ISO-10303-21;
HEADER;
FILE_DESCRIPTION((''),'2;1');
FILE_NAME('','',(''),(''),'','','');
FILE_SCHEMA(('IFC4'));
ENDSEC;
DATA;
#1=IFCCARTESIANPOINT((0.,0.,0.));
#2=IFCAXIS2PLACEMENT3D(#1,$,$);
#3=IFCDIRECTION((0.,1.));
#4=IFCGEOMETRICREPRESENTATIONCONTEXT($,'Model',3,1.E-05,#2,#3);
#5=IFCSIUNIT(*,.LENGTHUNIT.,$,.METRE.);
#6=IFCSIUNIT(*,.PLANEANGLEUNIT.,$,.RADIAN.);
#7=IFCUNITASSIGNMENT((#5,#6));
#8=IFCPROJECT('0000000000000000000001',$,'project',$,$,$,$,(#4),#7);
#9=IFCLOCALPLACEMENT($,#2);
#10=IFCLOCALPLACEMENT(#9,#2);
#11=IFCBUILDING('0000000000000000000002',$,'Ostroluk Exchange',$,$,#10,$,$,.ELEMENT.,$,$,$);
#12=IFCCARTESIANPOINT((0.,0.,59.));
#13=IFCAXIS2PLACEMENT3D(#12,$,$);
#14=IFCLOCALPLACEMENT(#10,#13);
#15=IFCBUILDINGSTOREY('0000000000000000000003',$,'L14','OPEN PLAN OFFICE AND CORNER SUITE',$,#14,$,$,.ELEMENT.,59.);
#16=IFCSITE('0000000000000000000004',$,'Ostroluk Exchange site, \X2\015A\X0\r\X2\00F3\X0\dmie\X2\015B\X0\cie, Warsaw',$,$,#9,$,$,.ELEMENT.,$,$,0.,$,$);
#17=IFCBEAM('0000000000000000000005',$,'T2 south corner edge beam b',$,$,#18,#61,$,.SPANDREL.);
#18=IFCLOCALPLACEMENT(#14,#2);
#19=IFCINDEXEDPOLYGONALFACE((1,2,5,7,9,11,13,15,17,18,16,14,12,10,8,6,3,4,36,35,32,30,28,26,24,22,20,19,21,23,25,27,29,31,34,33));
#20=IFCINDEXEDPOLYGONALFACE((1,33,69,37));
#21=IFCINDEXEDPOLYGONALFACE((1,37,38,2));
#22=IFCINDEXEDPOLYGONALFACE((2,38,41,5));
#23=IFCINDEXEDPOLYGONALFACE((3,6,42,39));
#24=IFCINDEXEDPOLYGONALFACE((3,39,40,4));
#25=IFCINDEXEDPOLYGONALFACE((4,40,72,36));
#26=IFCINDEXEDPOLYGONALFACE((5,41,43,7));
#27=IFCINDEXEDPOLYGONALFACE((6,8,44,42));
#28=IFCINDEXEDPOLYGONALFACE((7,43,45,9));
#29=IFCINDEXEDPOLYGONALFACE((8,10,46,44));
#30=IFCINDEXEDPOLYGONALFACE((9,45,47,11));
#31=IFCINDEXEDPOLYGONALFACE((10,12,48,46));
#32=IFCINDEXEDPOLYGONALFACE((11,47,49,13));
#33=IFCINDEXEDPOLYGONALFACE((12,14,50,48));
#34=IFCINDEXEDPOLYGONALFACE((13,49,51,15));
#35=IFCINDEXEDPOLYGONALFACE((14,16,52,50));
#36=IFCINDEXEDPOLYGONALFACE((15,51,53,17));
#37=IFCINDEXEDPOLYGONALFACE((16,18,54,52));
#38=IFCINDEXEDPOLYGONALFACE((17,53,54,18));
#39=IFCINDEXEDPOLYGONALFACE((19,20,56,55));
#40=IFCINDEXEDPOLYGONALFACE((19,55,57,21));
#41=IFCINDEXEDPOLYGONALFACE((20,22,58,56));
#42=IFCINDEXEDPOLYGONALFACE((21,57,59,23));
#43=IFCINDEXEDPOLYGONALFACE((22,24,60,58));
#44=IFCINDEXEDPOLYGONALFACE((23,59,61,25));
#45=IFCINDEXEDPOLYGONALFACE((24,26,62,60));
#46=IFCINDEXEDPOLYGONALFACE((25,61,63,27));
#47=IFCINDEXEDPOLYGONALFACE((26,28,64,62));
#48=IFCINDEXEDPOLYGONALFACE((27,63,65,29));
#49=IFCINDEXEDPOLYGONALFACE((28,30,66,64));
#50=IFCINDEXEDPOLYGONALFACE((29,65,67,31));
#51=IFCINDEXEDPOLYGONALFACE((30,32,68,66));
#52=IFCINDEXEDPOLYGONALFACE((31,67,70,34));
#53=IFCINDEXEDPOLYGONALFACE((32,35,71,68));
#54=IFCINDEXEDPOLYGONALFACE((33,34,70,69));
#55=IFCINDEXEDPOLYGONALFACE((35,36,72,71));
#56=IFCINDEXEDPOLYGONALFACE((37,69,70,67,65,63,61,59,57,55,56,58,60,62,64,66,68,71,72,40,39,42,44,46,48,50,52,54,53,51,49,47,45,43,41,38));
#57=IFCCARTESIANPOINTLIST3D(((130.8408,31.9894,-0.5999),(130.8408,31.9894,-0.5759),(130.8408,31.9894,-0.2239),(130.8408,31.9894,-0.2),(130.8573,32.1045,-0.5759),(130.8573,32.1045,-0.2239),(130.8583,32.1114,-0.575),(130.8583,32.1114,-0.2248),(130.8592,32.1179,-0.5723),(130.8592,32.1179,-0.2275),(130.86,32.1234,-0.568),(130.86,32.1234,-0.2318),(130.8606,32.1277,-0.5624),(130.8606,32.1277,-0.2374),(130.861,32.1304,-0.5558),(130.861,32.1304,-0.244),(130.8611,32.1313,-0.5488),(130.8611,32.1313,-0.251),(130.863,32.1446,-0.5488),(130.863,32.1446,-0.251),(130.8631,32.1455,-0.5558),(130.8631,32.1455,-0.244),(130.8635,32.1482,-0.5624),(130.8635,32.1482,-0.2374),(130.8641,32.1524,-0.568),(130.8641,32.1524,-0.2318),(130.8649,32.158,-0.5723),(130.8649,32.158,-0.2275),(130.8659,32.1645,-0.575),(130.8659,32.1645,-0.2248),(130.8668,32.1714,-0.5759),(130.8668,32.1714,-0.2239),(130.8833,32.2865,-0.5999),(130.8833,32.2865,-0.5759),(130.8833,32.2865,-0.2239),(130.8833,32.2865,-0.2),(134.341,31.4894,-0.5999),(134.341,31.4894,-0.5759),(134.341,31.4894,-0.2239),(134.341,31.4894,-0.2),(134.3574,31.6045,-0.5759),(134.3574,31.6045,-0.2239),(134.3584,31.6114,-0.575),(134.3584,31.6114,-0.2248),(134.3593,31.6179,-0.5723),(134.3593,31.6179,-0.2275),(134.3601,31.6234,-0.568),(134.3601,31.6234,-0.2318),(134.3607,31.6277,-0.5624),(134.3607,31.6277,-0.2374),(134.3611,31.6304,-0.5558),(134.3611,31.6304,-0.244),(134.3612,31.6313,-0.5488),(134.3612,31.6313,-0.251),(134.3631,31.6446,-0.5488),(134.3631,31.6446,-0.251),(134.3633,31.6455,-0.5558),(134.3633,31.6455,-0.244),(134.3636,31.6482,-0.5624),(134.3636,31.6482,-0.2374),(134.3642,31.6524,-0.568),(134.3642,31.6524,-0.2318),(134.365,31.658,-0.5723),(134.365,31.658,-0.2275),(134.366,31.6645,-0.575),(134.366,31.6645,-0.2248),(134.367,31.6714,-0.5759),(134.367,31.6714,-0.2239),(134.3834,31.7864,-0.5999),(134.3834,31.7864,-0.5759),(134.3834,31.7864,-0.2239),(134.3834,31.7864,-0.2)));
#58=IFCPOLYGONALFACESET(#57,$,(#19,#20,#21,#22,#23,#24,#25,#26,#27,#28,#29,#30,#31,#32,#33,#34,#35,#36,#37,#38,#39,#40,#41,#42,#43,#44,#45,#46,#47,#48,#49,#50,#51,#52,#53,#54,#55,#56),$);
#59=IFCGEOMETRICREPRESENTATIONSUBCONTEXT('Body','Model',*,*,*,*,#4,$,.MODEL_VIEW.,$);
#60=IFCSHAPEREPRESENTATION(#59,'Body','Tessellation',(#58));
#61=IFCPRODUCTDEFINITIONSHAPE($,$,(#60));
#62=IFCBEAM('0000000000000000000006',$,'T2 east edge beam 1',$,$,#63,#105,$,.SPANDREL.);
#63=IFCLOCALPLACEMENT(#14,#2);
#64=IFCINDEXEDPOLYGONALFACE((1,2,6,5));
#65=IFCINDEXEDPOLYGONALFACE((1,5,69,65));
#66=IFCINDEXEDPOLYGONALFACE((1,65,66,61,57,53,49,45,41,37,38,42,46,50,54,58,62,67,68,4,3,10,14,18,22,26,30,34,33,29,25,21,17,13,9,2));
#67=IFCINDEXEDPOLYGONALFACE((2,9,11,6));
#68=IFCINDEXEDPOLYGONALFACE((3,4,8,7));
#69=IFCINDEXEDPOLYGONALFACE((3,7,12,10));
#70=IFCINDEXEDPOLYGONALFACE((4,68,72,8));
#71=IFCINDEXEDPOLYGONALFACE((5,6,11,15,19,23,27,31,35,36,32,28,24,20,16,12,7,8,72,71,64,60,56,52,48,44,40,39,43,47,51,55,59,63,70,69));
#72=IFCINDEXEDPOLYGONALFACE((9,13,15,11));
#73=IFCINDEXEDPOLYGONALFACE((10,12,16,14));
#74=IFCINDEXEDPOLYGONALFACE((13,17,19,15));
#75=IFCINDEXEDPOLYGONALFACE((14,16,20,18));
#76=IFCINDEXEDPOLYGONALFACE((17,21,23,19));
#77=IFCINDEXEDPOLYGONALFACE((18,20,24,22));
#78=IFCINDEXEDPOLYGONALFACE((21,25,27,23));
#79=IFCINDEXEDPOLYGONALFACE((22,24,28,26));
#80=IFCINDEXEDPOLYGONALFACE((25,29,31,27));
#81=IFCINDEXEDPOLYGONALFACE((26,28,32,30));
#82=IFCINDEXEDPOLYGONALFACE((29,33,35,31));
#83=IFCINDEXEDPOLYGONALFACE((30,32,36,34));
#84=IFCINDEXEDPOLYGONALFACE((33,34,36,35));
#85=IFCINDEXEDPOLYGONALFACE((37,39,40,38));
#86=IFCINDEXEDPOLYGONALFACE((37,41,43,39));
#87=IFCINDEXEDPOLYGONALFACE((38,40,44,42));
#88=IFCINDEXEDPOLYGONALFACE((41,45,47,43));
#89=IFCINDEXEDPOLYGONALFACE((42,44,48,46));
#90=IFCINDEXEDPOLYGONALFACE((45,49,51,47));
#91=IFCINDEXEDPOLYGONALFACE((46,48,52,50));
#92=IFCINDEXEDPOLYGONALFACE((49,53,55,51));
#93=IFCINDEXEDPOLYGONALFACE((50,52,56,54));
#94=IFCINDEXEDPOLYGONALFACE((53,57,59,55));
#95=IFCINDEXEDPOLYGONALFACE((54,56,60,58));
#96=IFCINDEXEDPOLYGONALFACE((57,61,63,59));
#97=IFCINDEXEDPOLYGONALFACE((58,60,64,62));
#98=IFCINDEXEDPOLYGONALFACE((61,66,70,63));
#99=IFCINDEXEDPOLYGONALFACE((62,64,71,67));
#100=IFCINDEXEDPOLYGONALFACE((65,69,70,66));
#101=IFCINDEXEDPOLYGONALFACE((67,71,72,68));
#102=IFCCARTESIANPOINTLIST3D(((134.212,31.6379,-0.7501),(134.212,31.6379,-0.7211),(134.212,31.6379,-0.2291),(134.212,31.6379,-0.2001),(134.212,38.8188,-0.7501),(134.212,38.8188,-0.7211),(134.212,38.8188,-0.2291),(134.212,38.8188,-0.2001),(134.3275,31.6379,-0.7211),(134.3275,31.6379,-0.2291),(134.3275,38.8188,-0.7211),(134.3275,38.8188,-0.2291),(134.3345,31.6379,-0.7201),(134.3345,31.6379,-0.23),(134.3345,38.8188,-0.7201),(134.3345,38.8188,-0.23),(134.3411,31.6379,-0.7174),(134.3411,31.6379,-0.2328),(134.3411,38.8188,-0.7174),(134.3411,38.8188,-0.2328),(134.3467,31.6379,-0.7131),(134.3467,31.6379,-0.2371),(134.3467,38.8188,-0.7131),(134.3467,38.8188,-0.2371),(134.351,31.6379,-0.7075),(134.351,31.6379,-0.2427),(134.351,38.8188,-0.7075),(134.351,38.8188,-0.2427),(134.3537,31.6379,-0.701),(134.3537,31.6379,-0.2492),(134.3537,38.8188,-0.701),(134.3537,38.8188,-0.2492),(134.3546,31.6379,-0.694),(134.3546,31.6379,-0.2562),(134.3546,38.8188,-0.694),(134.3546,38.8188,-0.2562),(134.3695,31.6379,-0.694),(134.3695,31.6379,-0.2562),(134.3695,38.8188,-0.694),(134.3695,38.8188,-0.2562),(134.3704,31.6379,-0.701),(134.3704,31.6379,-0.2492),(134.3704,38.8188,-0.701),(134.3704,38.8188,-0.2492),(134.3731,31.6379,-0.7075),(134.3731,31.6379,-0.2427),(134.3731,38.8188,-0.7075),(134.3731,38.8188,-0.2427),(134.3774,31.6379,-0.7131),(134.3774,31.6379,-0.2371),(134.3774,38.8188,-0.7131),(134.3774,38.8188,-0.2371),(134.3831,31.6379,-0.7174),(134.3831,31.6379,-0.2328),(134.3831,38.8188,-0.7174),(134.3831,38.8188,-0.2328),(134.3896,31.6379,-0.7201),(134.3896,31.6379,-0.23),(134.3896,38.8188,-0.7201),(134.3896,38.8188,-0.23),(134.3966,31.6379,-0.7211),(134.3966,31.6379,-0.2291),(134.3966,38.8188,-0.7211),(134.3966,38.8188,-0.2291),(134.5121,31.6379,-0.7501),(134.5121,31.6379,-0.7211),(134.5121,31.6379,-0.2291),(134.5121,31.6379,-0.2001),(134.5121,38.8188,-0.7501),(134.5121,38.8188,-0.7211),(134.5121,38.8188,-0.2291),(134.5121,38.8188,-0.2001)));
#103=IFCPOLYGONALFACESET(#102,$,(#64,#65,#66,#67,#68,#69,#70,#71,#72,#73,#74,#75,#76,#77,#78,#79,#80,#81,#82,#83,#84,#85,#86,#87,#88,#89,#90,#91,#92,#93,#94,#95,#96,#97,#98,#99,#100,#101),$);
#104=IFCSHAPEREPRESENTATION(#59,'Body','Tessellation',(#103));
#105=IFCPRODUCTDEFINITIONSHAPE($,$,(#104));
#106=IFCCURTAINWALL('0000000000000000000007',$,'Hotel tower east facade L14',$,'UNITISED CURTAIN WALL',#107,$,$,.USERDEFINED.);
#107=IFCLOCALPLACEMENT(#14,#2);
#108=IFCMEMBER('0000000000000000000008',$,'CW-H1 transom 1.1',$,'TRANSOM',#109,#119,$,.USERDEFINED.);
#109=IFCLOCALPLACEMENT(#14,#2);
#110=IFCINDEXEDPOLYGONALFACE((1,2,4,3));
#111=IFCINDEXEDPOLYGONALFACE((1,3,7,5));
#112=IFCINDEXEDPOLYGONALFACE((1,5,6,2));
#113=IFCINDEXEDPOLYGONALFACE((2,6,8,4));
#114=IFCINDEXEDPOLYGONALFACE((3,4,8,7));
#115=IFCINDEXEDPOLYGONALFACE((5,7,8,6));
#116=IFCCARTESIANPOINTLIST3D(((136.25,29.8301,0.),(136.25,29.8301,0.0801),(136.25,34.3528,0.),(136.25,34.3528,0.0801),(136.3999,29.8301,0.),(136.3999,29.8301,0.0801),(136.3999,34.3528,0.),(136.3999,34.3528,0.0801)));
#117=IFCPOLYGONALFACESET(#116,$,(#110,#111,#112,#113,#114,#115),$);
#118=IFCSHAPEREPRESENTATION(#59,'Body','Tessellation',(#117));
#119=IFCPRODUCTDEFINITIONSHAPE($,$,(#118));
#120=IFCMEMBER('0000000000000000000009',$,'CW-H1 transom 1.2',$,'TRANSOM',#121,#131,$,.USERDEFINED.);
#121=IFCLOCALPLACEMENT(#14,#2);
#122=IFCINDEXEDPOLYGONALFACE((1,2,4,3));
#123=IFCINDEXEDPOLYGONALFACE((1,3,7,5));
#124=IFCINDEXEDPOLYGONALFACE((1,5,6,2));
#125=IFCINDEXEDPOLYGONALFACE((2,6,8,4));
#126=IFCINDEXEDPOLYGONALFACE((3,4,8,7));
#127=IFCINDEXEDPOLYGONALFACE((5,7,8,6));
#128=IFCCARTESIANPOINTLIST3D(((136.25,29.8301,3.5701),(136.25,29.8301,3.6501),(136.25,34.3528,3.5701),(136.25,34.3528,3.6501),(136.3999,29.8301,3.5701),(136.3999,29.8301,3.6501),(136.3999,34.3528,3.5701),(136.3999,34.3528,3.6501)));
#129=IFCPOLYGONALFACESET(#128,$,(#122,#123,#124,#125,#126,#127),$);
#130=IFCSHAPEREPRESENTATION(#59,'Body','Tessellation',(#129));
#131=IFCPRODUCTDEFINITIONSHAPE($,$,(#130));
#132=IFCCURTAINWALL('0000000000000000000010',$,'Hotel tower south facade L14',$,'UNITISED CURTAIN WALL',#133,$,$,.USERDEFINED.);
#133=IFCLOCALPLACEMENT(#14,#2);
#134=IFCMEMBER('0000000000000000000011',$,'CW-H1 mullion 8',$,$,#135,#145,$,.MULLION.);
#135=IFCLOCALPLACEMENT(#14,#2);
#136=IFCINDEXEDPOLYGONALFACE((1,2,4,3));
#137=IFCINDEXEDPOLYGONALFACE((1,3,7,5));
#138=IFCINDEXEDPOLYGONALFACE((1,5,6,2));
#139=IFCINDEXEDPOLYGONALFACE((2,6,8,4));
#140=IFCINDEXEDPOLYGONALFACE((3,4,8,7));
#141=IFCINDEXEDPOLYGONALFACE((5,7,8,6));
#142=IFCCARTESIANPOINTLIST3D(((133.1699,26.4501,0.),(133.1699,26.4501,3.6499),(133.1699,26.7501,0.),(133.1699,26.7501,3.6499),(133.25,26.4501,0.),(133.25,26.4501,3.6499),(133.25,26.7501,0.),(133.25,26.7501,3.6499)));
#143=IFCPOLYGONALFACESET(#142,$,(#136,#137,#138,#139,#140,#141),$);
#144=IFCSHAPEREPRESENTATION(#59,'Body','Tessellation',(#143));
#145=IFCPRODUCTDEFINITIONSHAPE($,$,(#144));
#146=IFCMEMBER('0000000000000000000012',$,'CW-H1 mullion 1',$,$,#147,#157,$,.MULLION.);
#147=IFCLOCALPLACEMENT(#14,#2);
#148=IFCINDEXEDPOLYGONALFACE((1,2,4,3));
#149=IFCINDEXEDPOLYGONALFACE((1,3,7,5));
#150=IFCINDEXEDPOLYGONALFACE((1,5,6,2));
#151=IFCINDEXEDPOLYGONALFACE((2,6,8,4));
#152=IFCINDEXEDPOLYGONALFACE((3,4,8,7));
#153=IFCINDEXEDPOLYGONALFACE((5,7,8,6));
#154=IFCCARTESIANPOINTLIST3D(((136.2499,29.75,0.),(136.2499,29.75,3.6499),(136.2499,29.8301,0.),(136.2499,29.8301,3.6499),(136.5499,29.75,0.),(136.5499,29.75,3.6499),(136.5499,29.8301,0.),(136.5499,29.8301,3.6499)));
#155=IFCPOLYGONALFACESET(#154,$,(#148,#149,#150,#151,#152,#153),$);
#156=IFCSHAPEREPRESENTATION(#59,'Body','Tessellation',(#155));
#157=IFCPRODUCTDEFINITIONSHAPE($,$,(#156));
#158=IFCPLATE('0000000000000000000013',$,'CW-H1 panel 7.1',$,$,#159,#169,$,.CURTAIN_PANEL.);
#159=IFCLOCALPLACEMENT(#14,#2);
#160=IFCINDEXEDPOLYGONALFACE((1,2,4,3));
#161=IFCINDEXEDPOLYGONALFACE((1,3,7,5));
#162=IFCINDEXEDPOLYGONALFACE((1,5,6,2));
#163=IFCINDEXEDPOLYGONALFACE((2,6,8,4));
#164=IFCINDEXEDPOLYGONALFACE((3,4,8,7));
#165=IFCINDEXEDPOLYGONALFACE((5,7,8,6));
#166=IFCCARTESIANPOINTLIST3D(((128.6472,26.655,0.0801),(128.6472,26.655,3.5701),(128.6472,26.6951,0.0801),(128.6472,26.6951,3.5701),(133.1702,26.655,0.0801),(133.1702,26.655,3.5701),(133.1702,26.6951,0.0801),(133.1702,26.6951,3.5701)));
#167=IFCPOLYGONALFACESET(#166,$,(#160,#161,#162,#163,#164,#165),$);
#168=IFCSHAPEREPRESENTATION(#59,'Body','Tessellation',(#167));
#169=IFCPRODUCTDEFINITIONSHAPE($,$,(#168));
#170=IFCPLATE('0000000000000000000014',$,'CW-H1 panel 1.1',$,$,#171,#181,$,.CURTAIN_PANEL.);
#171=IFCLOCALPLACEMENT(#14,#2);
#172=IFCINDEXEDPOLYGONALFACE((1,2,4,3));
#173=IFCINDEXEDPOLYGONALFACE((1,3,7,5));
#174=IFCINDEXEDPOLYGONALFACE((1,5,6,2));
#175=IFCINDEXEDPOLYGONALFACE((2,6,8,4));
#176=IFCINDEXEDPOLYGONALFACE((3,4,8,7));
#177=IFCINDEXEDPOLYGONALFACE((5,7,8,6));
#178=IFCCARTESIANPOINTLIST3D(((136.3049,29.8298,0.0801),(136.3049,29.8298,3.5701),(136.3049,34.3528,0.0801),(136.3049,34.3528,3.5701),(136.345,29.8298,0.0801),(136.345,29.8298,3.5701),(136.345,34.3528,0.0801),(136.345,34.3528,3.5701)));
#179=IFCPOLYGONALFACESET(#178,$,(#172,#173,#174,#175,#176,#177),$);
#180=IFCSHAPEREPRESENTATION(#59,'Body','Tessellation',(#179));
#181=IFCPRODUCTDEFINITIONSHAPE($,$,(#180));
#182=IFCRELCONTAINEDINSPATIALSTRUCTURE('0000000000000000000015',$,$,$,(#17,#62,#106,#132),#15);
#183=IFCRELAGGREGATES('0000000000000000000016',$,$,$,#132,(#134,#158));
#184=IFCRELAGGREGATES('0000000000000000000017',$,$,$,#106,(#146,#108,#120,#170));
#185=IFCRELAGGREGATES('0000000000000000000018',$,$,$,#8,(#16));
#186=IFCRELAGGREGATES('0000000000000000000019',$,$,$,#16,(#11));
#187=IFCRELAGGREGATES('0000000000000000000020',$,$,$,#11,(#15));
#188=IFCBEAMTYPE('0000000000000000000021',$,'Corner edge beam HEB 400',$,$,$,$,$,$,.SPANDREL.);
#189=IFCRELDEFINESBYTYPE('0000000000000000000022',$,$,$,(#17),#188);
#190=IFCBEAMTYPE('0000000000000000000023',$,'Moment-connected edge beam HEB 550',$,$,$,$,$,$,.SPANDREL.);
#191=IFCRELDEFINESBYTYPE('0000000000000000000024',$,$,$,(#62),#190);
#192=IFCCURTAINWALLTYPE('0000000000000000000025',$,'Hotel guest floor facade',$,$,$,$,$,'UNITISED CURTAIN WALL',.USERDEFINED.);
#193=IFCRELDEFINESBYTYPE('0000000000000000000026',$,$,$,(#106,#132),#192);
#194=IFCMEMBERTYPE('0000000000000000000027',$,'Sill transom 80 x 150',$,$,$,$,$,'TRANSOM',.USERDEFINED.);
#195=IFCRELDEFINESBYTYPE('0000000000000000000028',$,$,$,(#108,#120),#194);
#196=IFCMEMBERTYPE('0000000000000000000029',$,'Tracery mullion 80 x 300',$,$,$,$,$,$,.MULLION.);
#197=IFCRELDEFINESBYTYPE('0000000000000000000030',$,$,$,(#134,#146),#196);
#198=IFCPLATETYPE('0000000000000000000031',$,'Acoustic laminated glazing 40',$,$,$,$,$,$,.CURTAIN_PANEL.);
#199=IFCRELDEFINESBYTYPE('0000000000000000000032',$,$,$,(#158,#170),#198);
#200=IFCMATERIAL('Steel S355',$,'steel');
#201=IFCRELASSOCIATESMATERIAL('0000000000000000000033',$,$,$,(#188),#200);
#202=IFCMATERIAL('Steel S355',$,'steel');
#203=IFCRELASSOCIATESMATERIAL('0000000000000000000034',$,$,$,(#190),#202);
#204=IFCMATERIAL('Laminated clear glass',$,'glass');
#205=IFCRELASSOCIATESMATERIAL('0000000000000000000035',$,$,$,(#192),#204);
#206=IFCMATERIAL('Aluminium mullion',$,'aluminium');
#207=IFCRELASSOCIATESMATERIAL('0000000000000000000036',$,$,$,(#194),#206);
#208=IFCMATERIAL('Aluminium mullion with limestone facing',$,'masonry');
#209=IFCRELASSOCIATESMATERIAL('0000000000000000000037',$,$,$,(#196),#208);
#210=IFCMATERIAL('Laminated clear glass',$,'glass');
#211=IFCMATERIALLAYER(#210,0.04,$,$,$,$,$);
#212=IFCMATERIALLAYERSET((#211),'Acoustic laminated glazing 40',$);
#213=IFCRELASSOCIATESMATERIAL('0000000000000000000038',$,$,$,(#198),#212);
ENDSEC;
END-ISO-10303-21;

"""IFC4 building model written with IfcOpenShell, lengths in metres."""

from ifc_helpers import new_model, si_unit, direction, frame, origin, origin_2d, place, context, subcontext, project, spatial, rectangle, i_section, extrude, material, layer, layer_set, material_profile, profile_set, type_object, element, aggregate, save


model = new_model("IFC4")

# Units and contexts
model_context = context("Model", 3, precision=1e-05, world=origin(), true_north=direction((0.0, 1.0)))
body_context = subcontext(model_context, "Body", "Model", "MODEL_VIEW")
ifc_project = project(units=[si_unit("LENGTHUNIT", "METRE"), si_unit("PLANEANGLEUNIT", "RADIAN")], contexts=[model_context])

# Site, building, storey
site_placement = place(None, origin())
site = spatial("IfcSite", under=ifc_project, at=site_placement, Name="Ostroluk Exchange site, Śródmieście, Warsaw", CompositionType="ELEMENT", RefElevation=0.0)
building_placement = place(site_placement, origin())
building = spatial("IfcBuilding", under=site, at=building_placement, Name="Ostroluk Exchange", CompositionType="ELEMENT")
storey_placement = place(building_placement, frame((0.0, 0.0, 59.0)))
storey = spatial("IfcBuildingStorey", under=building, at=storey_placement, Name="L14", Description="OPEN PLAN OFFICE AND CORNER SUITE", CompositionType="ELEMENT", Elevation=59.0)

# Beams
ifc_material_1 = material(Name="Steel S355", Category="steel")
ifc_material_profile_1 = material_profile(ifc_material_1, i_section(OverallWidth=0.3, OverallDepth=0.3999, WebThickness=0.0134, FlangeThickness=0.0239, FilletRadius=0.0271, at=origin_2d()), Name="HEB 400")
ifc_profile_set_1 = profile_set([ifc_material_profile_1], Name="Steel S355")
beam_type_1 = type_object("IfcBeamType", Name="Corner edge beam HEB 400", PredefinedType="SPANDREL", material=ifc_profile_set_1)
for number, where, z_axis, x_axis, name in (
    (1, (130.8621, 32.1379, -0.3999), (0.989949, -0.141421, 0.0), (0.141421, 0.989949, 0.0), "T2 south corner edge beam b"),
):
    element("IfcBeam", number, at=place(storey_placement, frame(where, z_axis=z_axis, x_axis=x_axis)), inside=storey, type_object=beam_type_1, Name=name, PredefinedType="SPANDREL", context=body_context, shape_type="SweptSolid", body=[
        extrude(i_section(OverallWidth=0.3, OverallDepth=0.3999, WebThickness=0.0134, FlangeThickness=0.0239, FilletRadius=0.0271, at=origin_2d()), origin(), (0.0, 0.0, 1.0), 3.5356),
    ])
ifc_material_2 = material(Name="Steel S355", Category="steel")
ifc_material_profile_2 = material_profile(ifc_material_2, i_section(OverallWidth=0.3, OverallDepth=0.55, WebThickness=0.0149, FlangeThickness=0.0291, FilletRadius=0.0271, at=origin_2d()), Name="HEB 550")
ifc_profile_set_2 = profile_set([ifc_material_profile_2], Name="Steel S355")
beam_type_2 = type_object("IfcBeamType", Name="Moment-connected edge beam HEB 550", PredefinedType="SPANDREL", material=ifc_profile_set_2)
beam_1_placement = place(storey_placement, frame((134.3621, 31.6379, -0.4751), z_axis=(0.0, 1.0, 0.0), x_axis=(-1.0, 0.0, 0.0)))
element("IfcBeam", 2, at=beam_1_placement, inside=storey, type_object=beam_type_2, Name="T2 east edge beam 1", PredefinedType="SPANDREL", context=body_context, shape_type="SweptSolid", body=[
    extrude(i_section(OverallWidth=0.3, OverallDepth=0.55, WebThickness=0.0149, FlangeThickness=0.0291, FilletRadius=0.0271, at=origin_2d()), origin(), (0.0, 0.0, 1.0), 7.1809),
])

# Curtain wall, members
ifc_material_3 = material(Name="Laminated clear glass", Category="glass")
curtain_wall_type = type_object("IfcCurtainWallType", Name="Hotel guest floor facade", ElementType="UNITISED CURTAIN WALL", PredefinedType="USERDEFINED", material=ifc_material_3)
curtain_wall_1_placement = place(storey_placement, origin())
curtain_wall_1 = element("IfcCurtainWall", 3, at=curtain_wall_1_placement, inside=storey, type_object=curtain_wall_type, Name="Hotel tower east facade L14", ObjectType="UNITISED CURTAIN WALL", PredefinedType="USERDEFINED")
ifc_material_4 = material(Name="Aluminium mullion", Category="aluminium")
ifc_material_profile_3 = material_profile(ifc_material_4, rectangle(XDim=0.1499, YDim=0.0801, at=origin_2d()), Name="Sill transom 80 x 150")
ifc_profile_set_3 = profile_set([ifc_material_profile_3], Name="Aluminium mullion")
member_type_1 = type_object("IfcMemberType", Name="Sill transom 80 x 150", ElementType="TRANSOM", PredefinedType="USERDEFINED", material=ifc_profile_set_3)
member_1_placement = place(storey_placement, frame((136.325, 29.8301, 0.04), z_axis=(0.0, 1.0, 0.0), x_axis=(-1.0, 0.0, 0.0)))
member_1 = element("IfcMember", 4, at=member_1_placement, type_object=member_type_1, Name="CW-H1 transom 1.1", ObjectType="TRANSOM", PredefinedType="USERDEFINED", context=body_context, shape_type="SweptSolid", body=[
    extrude(rectangle(XDim=0.1499, YDim=0.0801, at=origin_2d()), origin(), (0.0, 0.0, 1.0), 4.5227),
])
member_2_placement = place(storey_placement, frame((136.325, 29.8301, 3.6101), z_axis=(0.0, 1.0, 0.0), x_axis=(-1.0, 0.0, 0.0)))
member_2 = element("IfcMember", 5, at=member_2_placement, type_object=member_type_1, Name="CW-H1 transom 1.2", ObjectType="TRANSOM", PredefinedType="USERDEFINED", context=body_context, shape_type="SweptSolid", body=[
    extrude(rectangle(XDim=0.1499, YDim=0.0801, at=origin_2d()), origin(), (0.0, 0.0, 1.0), 4.5227),
])

# Curtain wall, member
curtain_wall_2_placement = place(storey_placement, origin())
curtain_wall_2 = element("IfcCurtainWall", 6, at=curtain_wall_2_placement, inside=storey, type_object=curtain_wall_type, Name="Hotel tower south facade L14", ObjectType="UNITISED CURTAIN WALL", PredefinedType="USERDEFINED")
ifc_material_5 = material(Name="Aluminium mullion with limestone facing", Category="masonry")
ifc_material_profile_4 = material_profile(ifc_material_5, rectangle(XDim=0.3, YDim=0.0801, at=origin_2d()), Name="Tracery mullion 80 x 300")
ifc_profile_set_4 = profile_set([ifc_material_profile_4], Name="Aluminium mullion with limestone facing")
member_type_2 = type_object("IfcMemberType", Name="Tracery mullion 80 x 300", PredefinedType="MULLION", material=ifc_profile_set_4)
member_3_placement = place(storey_placement, frame((133.21, 26.6001, 0.0), z_axis=(0.0, 0.0, 1.0), x_axis=(0.0, 1.0, 0.0)))
member_3 = element("IfcMember", 7, at=member_3_placement, type_object=member_type_2, Name="CW-H1 mullion 8", PredefinedType="MULLION", context=body_context, shape_type="SweptSolid", body=[
    extrude(rectangle(XDim=0.3, YDim=0.0801, at=origin_2d()), origin(), (0.0, 0.0, 1.0), 3.6499),
])

# Member
member_4_placement = place(storey_placement, frame((136.3999, 29.79, 0.0), z_axis=(0.0, 0.0, 1.0), x_axis=(-1.0, 0.0, 0.0)))
member_4 = element("IfcMember", 8, at=member_4_placement, type_object=member_type_2, Name="CW-H1 mullion 1", PredefinedType="MULLION", context=body_context, shape_type="SweptSolid", body=[
    extrude(rectangle(XDim=0.3, YDim=0.0801, at=origin_2d()), origin(), (0.0, 0.0, 1.0), 3.6499),
])

# Plates
ifc_material_6 = material(Name="Laminated clear glass", Category="glass")
ifc_layer_1 = layer(ifc_material_6, 0.04)
ifc_layer_set_1 = layer_set([ifc_layer_1], Name="Acoustic laminated glazing 40")
plate_type_1 = type_object("IfcPlateType", Name="Acoustic laminated glazing 40", PredefinedType="CURTAIN_PANEL", material=ifc_layer_set_1)
plate_1_placement = place(storey_placement, frame((130.9087, 26.675, 0.0801), z_axis=(0.0, 0.0, 1.0), x_axis=(1.0, 0.0, 0.0)))
plate_1 = element("IfcPlate", 9, at=plate_1_placement, type_object=plate_type_1, Name="CW-H1 panel 7.1", PredefinedType="CURTAIN_PANEL", context=body_context, shape_type="SweptSolid", body=[
    extrude(rectangle(XDim=4.5229, YDim=0.04, at=origin_2d()), origin(), (0.0, 0.0, 1.0), 3.49),
])
aggregate(curtain_wall_2, [member_3, plate_1])
plate_2_placement = place(storey_placement, frame((136.325, 32.0913, 0.0801), z_axis=(0.0, 0.0, 1.0), x_axis=(0.0, 1.0, 0.0)))
plate_2 = element("IfcPlate", 10, at=plate_2_placement, type_object=plate_type_1, Name="CW-H1 panel 1.1", PredefinedType="CURTAIN_PANEL", context=body_context, shape_type="SweptSolid", body=[
    extrude(rectangle(XDim=4.5229, YDim=0.04, at=origin_2d()), origin(), (0.0, 0.0, 1.0), 3.49),
])
aggregate(curtain_wall_1, [member_4, member_1, member_2, plate_2])

save(model, "model.ifc")
